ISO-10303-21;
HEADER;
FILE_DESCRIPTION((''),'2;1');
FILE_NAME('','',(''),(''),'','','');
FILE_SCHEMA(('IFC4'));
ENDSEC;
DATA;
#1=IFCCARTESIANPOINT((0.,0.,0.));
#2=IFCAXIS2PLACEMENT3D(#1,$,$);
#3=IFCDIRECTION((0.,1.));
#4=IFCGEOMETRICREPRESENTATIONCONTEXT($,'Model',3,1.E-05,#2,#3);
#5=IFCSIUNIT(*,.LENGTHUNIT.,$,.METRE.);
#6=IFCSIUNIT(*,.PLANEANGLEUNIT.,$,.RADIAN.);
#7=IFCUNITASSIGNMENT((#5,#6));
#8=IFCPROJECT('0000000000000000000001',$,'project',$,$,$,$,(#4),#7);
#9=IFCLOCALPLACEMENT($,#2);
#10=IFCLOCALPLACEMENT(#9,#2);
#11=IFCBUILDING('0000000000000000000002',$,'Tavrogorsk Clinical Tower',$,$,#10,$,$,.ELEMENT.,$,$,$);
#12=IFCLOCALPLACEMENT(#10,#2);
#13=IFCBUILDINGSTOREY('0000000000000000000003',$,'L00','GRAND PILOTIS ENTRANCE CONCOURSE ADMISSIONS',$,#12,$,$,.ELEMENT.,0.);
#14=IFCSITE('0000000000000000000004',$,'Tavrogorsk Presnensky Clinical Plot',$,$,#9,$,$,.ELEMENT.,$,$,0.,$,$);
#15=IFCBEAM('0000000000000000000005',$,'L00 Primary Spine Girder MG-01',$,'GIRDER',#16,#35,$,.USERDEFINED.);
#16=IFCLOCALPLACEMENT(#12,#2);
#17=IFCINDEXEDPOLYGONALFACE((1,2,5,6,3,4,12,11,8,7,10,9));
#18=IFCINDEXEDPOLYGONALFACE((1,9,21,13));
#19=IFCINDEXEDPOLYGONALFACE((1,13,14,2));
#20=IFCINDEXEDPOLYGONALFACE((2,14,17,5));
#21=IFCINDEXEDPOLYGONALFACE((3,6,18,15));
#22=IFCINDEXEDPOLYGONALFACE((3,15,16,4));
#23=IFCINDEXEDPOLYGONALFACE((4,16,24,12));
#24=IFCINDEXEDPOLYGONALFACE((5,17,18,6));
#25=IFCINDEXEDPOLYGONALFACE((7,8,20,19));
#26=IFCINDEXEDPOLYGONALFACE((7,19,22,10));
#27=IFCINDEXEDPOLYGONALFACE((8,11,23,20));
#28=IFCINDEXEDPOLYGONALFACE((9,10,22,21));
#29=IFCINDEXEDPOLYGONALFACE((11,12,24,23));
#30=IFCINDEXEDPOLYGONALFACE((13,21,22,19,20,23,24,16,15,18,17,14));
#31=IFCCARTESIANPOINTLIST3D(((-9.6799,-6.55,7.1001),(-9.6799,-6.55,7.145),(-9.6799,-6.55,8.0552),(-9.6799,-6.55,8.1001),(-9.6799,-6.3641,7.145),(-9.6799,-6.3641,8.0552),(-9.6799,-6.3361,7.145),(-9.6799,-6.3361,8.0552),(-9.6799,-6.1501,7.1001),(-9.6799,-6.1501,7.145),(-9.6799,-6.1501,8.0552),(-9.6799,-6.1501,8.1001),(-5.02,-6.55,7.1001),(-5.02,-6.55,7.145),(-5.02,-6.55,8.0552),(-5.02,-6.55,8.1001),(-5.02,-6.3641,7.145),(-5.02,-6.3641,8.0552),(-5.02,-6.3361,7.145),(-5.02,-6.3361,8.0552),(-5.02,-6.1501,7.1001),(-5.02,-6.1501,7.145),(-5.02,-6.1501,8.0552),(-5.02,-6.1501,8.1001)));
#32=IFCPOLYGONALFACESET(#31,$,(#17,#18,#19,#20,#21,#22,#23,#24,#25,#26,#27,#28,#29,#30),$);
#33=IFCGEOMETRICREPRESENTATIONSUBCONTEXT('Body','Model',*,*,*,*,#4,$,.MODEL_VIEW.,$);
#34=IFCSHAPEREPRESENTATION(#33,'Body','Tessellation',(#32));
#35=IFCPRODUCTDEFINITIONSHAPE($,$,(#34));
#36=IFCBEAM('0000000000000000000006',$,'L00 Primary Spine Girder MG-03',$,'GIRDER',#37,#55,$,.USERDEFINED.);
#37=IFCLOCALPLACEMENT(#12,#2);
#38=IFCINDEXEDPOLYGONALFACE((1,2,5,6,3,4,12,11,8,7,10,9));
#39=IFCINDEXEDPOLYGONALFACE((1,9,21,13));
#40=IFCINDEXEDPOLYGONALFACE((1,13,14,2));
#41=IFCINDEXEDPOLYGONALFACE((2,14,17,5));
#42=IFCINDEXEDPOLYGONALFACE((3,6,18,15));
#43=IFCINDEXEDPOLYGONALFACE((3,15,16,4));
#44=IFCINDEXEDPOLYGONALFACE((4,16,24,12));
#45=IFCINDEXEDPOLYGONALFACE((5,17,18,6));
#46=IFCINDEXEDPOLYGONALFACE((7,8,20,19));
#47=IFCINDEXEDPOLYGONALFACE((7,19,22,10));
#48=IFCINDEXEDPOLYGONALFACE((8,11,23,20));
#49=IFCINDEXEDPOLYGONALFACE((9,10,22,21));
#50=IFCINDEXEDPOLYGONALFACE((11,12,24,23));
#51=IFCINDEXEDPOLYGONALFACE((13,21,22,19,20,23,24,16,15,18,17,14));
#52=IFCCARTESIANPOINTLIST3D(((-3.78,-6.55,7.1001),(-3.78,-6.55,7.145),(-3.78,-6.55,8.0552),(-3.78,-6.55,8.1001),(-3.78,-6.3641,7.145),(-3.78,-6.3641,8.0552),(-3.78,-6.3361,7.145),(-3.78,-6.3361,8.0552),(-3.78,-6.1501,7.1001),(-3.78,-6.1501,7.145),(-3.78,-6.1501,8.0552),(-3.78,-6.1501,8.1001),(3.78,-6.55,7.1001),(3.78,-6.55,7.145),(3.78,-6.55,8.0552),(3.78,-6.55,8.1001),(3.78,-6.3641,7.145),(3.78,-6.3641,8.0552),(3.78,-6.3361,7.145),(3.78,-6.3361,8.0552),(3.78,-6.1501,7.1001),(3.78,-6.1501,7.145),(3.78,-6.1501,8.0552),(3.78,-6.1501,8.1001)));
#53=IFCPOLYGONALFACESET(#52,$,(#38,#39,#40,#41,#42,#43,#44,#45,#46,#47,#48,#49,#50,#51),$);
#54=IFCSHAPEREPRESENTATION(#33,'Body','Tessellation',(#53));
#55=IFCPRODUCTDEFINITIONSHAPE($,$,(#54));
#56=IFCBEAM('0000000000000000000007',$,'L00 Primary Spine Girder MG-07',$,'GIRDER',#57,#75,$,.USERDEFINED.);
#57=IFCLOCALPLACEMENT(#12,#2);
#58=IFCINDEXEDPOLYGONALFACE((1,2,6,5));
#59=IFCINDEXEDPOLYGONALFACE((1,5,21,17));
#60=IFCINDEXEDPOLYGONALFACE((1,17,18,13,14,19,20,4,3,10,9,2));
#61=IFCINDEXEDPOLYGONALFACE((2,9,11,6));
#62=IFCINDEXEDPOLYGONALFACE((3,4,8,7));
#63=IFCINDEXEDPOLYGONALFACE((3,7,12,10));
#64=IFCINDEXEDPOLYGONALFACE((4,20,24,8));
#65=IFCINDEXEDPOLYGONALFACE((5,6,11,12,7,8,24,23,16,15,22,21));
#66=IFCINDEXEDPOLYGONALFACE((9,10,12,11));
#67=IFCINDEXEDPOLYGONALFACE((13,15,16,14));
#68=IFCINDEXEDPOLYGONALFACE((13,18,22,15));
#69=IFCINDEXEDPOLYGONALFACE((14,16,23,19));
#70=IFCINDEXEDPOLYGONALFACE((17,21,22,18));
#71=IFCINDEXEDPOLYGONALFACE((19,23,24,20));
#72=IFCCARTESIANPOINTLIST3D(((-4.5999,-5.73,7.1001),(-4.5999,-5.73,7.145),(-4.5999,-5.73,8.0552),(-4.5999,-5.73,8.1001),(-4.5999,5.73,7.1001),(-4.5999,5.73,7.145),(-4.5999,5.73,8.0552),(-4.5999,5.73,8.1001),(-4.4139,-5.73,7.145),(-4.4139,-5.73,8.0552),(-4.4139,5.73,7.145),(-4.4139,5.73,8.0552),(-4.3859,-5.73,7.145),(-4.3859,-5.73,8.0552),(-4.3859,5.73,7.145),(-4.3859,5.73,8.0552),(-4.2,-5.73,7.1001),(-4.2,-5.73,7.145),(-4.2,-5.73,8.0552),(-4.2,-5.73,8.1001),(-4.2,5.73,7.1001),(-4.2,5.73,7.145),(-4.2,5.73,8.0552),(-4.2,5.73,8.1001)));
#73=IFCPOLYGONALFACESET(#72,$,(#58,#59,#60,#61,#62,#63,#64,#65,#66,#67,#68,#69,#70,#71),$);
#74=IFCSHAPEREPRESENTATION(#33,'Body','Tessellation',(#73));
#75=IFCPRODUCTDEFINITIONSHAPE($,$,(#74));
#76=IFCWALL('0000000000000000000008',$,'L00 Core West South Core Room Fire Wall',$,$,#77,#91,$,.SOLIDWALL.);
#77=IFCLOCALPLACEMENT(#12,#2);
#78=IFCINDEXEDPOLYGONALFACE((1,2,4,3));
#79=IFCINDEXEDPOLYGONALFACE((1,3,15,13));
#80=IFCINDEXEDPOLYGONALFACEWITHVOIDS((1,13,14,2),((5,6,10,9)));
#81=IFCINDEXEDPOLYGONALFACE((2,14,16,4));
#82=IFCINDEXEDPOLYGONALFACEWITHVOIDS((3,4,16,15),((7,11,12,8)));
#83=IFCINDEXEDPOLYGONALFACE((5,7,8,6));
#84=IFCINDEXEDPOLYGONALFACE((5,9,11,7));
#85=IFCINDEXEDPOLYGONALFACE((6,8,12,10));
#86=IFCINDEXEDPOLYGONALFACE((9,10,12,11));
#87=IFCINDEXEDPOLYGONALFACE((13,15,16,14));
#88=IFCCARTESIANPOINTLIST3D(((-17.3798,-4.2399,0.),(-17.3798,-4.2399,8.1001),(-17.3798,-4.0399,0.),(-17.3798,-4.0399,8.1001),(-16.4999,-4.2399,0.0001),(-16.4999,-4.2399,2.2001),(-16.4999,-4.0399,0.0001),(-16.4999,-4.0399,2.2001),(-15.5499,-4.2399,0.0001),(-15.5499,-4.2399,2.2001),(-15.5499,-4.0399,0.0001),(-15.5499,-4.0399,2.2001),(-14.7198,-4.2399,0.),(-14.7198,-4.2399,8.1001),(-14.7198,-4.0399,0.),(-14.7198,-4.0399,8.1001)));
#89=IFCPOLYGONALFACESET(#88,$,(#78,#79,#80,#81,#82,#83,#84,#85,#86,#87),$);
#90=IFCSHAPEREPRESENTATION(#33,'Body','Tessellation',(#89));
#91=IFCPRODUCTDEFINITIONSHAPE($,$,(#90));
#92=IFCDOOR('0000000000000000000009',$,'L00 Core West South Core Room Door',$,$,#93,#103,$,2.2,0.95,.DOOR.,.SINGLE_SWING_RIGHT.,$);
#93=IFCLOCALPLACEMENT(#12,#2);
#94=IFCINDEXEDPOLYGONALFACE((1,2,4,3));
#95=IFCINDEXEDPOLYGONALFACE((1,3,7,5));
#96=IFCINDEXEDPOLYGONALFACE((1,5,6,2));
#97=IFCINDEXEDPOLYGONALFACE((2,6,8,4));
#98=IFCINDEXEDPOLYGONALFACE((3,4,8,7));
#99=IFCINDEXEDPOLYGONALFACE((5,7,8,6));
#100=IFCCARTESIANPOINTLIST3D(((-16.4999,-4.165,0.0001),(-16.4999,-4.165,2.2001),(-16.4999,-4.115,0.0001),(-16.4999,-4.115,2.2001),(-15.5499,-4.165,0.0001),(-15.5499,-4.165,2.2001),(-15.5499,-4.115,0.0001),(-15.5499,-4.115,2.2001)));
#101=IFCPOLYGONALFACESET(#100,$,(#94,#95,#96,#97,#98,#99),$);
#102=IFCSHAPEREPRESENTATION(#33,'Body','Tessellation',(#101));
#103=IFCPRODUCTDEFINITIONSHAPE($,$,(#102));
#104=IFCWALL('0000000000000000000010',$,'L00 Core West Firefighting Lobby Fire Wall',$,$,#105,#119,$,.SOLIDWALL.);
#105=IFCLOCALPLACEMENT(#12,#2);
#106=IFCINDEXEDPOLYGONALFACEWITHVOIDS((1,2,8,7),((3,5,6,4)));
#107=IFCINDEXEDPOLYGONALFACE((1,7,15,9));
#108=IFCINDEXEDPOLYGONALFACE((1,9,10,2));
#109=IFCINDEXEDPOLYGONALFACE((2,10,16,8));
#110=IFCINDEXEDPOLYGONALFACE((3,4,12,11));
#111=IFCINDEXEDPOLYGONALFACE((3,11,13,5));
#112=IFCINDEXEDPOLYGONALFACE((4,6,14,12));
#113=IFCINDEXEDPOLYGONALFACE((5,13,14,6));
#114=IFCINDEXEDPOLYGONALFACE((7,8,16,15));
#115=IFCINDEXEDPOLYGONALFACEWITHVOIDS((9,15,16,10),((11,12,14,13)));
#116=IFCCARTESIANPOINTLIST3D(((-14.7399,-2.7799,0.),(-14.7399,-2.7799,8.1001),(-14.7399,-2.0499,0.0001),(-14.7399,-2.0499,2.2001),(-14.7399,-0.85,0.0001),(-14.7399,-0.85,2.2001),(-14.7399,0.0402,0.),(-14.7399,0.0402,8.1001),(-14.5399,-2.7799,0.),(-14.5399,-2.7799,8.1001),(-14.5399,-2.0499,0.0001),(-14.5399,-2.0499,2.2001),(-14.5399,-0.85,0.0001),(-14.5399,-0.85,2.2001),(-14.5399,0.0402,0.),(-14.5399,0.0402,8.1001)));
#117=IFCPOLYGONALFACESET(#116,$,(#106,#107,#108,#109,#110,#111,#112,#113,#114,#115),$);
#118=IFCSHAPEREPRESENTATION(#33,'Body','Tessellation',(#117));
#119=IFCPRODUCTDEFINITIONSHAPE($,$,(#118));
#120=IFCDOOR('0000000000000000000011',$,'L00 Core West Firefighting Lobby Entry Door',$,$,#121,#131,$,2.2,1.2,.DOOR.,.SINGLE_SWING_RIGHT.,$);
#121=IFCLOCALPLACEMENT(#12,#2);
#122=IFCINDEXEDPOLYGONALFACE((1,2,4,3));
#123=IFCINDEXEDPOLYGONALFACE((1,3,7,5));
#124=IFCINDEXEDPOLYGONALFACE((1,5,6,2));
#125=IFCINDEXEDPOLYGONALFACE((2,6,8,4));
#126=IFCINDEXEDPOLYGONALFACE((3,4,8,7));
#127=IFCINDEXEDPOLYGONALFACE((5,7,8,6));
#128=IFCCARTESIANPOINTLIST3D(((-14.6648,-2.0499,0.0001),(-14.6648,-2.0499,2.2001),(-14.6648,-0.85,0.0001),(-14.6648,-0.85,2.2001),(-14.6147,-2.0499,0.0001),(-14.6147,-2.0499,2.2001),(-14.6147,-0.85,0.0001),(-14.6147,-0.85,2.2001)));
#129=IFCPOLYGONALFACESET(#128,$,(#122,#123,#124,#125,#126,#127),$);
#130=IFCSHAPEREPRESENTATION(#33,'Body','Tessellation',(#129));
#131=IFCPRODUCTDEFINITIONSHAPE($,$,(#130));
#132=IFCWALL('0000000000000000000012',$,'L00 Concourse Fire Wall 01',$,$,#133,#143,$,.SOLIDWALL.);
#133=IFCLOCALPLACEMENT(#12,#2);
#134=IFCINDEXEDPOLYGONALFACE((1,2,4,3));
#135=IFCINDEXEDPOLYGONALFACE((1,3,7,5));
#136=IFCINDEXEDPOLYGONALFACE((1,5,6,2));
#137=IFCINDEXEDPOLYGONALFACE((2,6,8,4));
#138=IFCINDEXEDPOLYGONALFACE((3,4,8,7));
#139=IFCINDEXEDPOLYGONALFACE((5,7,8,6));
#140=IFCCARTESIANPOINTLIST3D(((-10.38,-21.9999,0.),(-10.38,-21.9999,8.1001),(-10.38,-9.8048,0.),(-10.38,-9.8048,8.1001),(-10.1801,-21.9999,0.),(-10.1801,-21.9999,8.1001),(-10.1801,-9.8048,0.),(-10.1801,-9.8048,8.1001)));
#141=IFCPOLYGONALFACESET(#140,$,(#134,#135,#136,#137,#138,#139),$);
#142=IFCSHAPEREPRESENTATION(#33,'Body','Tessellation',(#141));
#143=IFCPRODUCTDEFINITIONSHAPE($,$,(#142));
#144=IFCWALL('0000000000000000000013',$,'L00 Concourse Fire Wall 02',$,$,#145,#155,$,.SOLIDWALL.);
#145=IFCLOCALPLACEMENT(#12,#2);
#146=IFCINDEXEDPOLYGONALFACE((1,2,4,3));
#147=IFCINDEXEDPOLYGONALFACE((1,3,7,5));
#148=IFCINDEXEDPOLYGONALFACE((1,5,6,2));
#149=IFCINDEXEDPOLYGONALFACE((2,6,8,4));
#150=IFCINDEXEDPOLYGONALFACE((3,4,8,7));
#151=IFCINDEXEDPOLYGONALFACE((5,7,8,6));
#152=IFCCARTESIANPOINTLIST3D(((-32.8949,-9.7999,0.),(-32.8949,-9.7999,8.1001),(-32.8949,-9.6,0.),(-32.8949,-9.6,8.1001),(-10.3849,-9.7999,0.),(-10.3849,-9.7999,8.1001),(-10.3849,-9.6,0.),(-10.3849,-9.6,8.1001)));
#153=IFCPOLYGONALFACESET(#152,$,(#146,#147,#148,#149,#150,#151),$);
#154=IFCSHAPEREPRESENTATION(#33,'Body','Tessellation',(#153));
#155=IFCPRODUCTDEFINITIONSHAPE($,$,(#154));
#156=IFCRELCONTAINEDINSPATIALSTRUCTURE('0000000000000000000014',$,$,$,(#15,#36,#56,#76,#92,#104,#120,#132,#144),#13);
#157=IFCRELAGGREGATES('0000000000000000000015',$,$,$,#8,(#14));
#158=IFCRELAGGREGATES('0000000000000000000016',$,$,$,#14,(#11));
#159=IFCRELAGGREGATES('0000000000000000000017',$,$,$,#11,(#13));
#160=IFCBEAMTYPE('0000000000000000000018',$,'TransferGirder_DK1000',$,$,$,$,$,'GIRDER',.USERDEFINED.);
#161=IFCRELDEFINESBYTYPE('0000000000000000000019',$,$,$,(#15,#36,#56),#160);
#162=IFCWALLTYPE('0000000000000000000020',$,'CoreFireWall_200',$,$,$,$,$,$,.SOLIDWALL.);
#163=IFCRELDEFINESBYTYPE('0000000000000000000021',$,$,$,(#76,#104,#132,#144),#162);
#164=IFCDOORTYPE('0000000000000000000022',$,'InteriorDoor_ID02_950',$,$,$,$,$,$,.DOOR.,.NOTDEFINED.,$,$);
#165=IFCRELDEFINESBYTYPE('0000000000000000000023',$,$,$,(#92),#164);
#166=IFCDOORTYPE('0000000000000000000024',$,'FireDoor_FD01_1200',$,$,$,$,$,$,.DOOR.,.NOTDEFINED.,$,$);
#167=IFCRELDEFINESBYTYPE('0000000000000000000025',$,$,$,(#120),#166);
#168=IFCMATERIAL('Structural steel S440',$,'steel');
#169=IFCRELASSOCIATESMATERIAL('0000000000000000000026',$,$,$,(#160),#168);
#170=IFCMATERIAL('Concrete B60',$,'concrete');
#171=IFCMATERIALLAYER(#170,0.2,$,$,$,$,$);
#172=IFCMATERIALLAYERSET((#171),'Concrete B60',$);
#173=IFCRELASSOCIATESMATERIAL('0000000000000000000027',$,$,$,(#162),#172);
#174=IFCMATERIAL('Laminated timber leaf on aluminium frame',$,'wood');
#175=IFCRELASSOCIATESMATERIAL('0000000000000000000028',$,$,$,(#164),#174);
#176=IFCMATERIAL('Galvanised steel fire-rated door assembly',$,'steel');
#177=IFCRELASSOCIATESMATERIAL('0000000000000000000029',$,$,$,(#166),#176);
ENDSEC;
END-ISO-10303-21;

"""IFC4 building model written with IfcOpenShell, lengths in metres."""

from ifc_helpers import new_model, si_unit, direction, frame, frame_2d, origin, origin_2d, place, context, subcontext, project, spatial, rectangle, i_section, extrude, material, layer, layer_set, material_profile, profile_set, type_object, element, fill, save


model = new_model("IFC4")

# Units and contexts
model_context = context("Model", 3, precision=1e-05, world=origin(), true_north=direction((0.0, 1.0)))
body_context = subcontext(model_context, "Body", "Model", "MODEL_VIEW")
ifc_project = project(units=[si_unit("LENGTHUNIT", "METRE"), si_unit("PLANEANGLEUNIT", "RADIAN")], contexts=[model_context])

# Site, building, storey
site_placement = place(None, origin())
site = spatial("IfcSite", under=ifc_project, at=site_placement, Name="Tavrogorsk Presnensky Clinical Plot", CompositionType="ELEMENT", RefElevation=0.0)
building_placement = place(site_placement, origin())
building = spatial("IfcBuilding", under=site, at=building_placement, Name="Tavrogorsk Clinical Tower", CompositionType="ELEMENT")
storey_placement = place(building_placement, origin())
storey = spatial("IfcBuildingStorey", under=building, at=storey_placement, Name="L00", Description="GRAND PILOTIS ENTRANCE CONCOURSE ADMISSIONS", CompositionType="ELEMENT", Elevation=0.0)

# Beams
ifc_material_1 = material(Name="Structural steel S440", Category="steel")
ifc_material_profile_1 = material_profile(ifc_material_1, i_section(OverallWidth=0.3999, OverallDepth=1.0, WebThickness=0.0281, FlangeThickness=0.0449, at=origin_2d()), Name="DK-1000x400x28x45")
ifc_profile_set_1 = profile_set([ifc_material_profile_1], Name="Structural steel S440")
beam_type = type_object("IfcBeamType", Name="TransferGirder_DK1000", ElementType="GIRDER", PredefinedType="USERDEFINED", material=ifc_profile_set_1)
beam_1_placement = place(storey_placement, frame((-9.6799, -6.3501, 7.6001), z_axis=(1.0, 0.0, 0.0), x_axis=(0.0, 1.0, 0.0)))
element("IfcBeam", 1, at=beam_1_placement, inside=storey, type_object=beam_type, Name="L00 Primary Spine Girder MG-01", ObjectType="GIRDER", PredefinedType="USERDEFINED", context=body_context, shape_type="SweptSolid", body=[
    extrude(i_section(OverallWidth=0.3999, OverallDepth=1.0, WebThickness=0.0281, FlangeThickness=0.0449, at=origin_2d()), origin(), (0.0, 0.0, 1.0), 4.6599),
])
beam_2_placement = place(storey_placement, frame((-3.78, -6.3501, 7.6001), z_axis=(1.0, 0.0, 0.0), x_axis=(0.0, 1.0, 0.0)))
element("IfcBeam", 2, at=beam_2_placement, inside=storey, type_object=beam_type, Name="L00 Primary Spine Girder MG-03", ObjectType="GIRDER", PredefinedType="USERDEFINED", context=body_context, shape_type="SweptSolid", body=[
    extrude(i_section(OverallWidth=0.3999, OverallDepth=1.0, WebThickness=0.0281, FlangeThickness=0.0449, at=origin_2d()), origin(), (0.0, 0.0, 1.0), 7.5601),
])
beam_3_placement = place(storey_placement, frame((-4.3999, -5.73, 7.6001), z_axis=(0.0, 1.0, 0.0), x_axis=(-1.0, 0.0, 0.0)))
element("IfcBeam", 3, at=beam_3_placement, inside=storey, type_object=beam_type, Name="L00 Primary Spine Girder MG-07", ObjectType="GIRDER", PredefinedType="USERDEFINED", context=body_context, shape_type="SweptSolid", body=[
    extrude(i_section(OverallWidth=0.3999, OverallDepth=1.0, WebThickness=0.0281, FlangeThickness=0.0449, at=origin_2d()), origin(), (0.0, 0.0, 1.0), 11.46),
])

# Walls, openings, doors
ifc_material_2 = material(Name="Concrete B60", Category="concrete")
ifc_layer_1 = layer(ifc_material_2, 0.2)
ifc_layer_set_1 = layer_set([ifc_layer_1], Name="Concrete B60")
wall_type_1 = type_object("IfcWallType", Name="CoreFireWall_200", PredefinedType="SOLIDWALL", material=ifc_layer_set_1)
wall_1_placement = place(storey_placement, frame((-17.3799, -4.1399, 0.0), z_axis=(0.0, 0.0, 1.0), x_axis=(1.0, 0.0, 0.0)))
wall_1 = element("IfcWall", 4, at=wall_1_placement, inside=storey, type_object=wall_type_1, Name="L00 Core West South Core Room Fire Wall", PredefinedType="SOLIDWALL", context=body_context, shape_type="SweptSolid", body=[
    extrude(rectangle(XDim=2.6599, YDim=0.2, at=frame_2d((1.3301, 0.0))), origin(), (0.0, 0.0, 1.0), 8.1001),
])
opening_1_placement = place(wall_1_placement, frame((0.8799, 0.0, 0.0)))
opening_1 = element("IfcOpeningElement", 5, at=opening_1_placement, cuts=wall_1, PredefinedType="OPENING", context=body_context, shape_type="SweptSolid", body=[
    extrude(rectangle(XDim=0.95, YDim=2.2, at=frame_2d((0.4751, 1.1001))), frame((0.0, 0.1099, 0.0), z_axis=(0.0, -1.0, 0.0), x_axis=(1.0, 0.0, 0.0)), (0.0, 0.0, 1.0), 0.22),
])
ifc_material_3 = material(Name="Laminated timber leaf on aluminium frame", Category="wood")
door_type_1 = type_object("IfcDoorType", Name="InteriorDoor_ID02_950", OperationType="NOTDEFINED", PredefinedType="DOOR", material=ifc_material_3)
door_1_placement = place(opening_1_placement, origin())
door_1 = element("IfcDoor", 6, at=door_1_placement, inside=storey, type_object=door_type_1, Name="L00 Core West South Core Room Door", OperationType="SINGLE_SWING_RIGHT", OverallHeight=2.2, OverallWidth=0.95, PredefinedType="DOOR", context=body_context, shape_type="SweptSolid", body=[
    extrude(rectangle(XDim=0.95, YDim=2.2, at=frame_2d((0.4751, 1.1001))), frame((0.0, 0.0249, 0.0), z_axis=(0.0, -1.0, 0.0), x_axis=(1.0, 0.0, 0.0)), (0.0, 0.0, 1.0), 0.05),
])
fill(opening_1, door_1)
wall_2_placement = place(storey_placement, frame((-14.6399, -2.78, 0.0), z_axis=(0.0, 0.0, 1.0), x_axis=(0.0, 1.0, 0.0)))
wall_2 = element("IfcWall", 7, at=wall_2_placement, inside=storey, type_object=wall_type_1, Name="L00 Core West Firefighting Lobby Fire Wall", PredefinedType="SOLIDWALL", context=body_context, shape_type="SweptSolid", body=[
    extrude(rectangle(XDim=2.8201, YDim=0.2, at=frame_2d((1.4102, 0.0))), origin(), (0.0, 0.0, 1.0), 8.1001),
])
opening_2_placement = place(wall_2_placement, frame((0.73, 0.0, 0.0)))
opening_2 = element("IfcOpeningElement", 8, at=opening_2_placement, cuts=wall_2, PredefinedType="OPENING", context=body_context, shape_type="SweptSolid", body=[
    extrude(rectangle(XDim=1.2, YDim=2.2, at=frame_2d((0.6001, 1.1001))), frame((0.0, 0.1099, 0.0), z_axis=(0.0, -1.0, 0.0), x_axis=(1.0, 0.0, 0.0)), (0.0, 0.0, 1.0), 0.22),
])
ifc_material_4 = material(Name="Galvanised steel fire-rated door assembly", Category="steel")
door_type_2 = type_object("IfcDoorType", Name="FireDoor_FD01_1200", OperationType="NOTDEFINED", PredefinedType="DOOR", material=ifc_material_4)
door_2_placement = place(opening_2_placement, origin())
door_2 = element("IfcDoor", 9, at=door_2_placement, inside=storey, type_object=door_type_2, Name="L00 Core West Firefighting Lobby Entry Door", OperationType="SINGLE_SWING_RIGHT", OverallHeight=2.2, OverallWidth=1.2, PredefinedType="DOOR", context=body_context, shape_type="SweptSolid", body=[
    extrude(rectangle(XDim=1.2, YDim=2.2, at=frame_2d((0.6001, 1.1001))), frame((0.0, 0.0249, 0.0), z_axis=(0.0, -1.0, 0.0), x_axis=(1.0, 0.0, 0.0)), (0.0, 0.0, 1.0), 0.05),
])
fill(opening_2, door_2)

# Walls
wall_3_placement = place(storey_placement, frame((-10.28, -22.0, 0.0), z_axis=(0.0, 0.0, 1.0), x_axis=(0.0, 1.0, 0.0)))
element("IfcWall", 10, at=wall_3_placement, inside=storey, type_object=wall_type_1, Name="L00 Concourse Fire Wall 01", PredefinedType="SOLIDWALL", context=body_context, shape_type="SweptSolid", body=[
    extrude(rectangle(XDim=12.1951, YDim=0.2, at=frame_2d((6.0977, 0.0))), origin(), (0.0, 0.0, 1.0), 8.1001),
])
wall_4_placement = place(storey_placement, frame((-10.385, -9.7, 0.0), z_axis=(0.0, 0.0, 1.0), x_axis=(-1.0, 0.0, 0.0)))
element("IfcWall", 11, at=wall_4_placement, inside=storey, type_object=wall_type_1, Name="L00 Concourse Fire Wall 02", PredefinedType="SOLIDWALL", context=body_context, shape_type="SweptSolid", body=[
    extrude(rectangle(XDim=22.51, YDim=0.2, at=frame_2d((11.2549, 0.0))), origin(), (0.0, 0.0, 1.0), 8.1001),
])

save(model, "model.ifc")
